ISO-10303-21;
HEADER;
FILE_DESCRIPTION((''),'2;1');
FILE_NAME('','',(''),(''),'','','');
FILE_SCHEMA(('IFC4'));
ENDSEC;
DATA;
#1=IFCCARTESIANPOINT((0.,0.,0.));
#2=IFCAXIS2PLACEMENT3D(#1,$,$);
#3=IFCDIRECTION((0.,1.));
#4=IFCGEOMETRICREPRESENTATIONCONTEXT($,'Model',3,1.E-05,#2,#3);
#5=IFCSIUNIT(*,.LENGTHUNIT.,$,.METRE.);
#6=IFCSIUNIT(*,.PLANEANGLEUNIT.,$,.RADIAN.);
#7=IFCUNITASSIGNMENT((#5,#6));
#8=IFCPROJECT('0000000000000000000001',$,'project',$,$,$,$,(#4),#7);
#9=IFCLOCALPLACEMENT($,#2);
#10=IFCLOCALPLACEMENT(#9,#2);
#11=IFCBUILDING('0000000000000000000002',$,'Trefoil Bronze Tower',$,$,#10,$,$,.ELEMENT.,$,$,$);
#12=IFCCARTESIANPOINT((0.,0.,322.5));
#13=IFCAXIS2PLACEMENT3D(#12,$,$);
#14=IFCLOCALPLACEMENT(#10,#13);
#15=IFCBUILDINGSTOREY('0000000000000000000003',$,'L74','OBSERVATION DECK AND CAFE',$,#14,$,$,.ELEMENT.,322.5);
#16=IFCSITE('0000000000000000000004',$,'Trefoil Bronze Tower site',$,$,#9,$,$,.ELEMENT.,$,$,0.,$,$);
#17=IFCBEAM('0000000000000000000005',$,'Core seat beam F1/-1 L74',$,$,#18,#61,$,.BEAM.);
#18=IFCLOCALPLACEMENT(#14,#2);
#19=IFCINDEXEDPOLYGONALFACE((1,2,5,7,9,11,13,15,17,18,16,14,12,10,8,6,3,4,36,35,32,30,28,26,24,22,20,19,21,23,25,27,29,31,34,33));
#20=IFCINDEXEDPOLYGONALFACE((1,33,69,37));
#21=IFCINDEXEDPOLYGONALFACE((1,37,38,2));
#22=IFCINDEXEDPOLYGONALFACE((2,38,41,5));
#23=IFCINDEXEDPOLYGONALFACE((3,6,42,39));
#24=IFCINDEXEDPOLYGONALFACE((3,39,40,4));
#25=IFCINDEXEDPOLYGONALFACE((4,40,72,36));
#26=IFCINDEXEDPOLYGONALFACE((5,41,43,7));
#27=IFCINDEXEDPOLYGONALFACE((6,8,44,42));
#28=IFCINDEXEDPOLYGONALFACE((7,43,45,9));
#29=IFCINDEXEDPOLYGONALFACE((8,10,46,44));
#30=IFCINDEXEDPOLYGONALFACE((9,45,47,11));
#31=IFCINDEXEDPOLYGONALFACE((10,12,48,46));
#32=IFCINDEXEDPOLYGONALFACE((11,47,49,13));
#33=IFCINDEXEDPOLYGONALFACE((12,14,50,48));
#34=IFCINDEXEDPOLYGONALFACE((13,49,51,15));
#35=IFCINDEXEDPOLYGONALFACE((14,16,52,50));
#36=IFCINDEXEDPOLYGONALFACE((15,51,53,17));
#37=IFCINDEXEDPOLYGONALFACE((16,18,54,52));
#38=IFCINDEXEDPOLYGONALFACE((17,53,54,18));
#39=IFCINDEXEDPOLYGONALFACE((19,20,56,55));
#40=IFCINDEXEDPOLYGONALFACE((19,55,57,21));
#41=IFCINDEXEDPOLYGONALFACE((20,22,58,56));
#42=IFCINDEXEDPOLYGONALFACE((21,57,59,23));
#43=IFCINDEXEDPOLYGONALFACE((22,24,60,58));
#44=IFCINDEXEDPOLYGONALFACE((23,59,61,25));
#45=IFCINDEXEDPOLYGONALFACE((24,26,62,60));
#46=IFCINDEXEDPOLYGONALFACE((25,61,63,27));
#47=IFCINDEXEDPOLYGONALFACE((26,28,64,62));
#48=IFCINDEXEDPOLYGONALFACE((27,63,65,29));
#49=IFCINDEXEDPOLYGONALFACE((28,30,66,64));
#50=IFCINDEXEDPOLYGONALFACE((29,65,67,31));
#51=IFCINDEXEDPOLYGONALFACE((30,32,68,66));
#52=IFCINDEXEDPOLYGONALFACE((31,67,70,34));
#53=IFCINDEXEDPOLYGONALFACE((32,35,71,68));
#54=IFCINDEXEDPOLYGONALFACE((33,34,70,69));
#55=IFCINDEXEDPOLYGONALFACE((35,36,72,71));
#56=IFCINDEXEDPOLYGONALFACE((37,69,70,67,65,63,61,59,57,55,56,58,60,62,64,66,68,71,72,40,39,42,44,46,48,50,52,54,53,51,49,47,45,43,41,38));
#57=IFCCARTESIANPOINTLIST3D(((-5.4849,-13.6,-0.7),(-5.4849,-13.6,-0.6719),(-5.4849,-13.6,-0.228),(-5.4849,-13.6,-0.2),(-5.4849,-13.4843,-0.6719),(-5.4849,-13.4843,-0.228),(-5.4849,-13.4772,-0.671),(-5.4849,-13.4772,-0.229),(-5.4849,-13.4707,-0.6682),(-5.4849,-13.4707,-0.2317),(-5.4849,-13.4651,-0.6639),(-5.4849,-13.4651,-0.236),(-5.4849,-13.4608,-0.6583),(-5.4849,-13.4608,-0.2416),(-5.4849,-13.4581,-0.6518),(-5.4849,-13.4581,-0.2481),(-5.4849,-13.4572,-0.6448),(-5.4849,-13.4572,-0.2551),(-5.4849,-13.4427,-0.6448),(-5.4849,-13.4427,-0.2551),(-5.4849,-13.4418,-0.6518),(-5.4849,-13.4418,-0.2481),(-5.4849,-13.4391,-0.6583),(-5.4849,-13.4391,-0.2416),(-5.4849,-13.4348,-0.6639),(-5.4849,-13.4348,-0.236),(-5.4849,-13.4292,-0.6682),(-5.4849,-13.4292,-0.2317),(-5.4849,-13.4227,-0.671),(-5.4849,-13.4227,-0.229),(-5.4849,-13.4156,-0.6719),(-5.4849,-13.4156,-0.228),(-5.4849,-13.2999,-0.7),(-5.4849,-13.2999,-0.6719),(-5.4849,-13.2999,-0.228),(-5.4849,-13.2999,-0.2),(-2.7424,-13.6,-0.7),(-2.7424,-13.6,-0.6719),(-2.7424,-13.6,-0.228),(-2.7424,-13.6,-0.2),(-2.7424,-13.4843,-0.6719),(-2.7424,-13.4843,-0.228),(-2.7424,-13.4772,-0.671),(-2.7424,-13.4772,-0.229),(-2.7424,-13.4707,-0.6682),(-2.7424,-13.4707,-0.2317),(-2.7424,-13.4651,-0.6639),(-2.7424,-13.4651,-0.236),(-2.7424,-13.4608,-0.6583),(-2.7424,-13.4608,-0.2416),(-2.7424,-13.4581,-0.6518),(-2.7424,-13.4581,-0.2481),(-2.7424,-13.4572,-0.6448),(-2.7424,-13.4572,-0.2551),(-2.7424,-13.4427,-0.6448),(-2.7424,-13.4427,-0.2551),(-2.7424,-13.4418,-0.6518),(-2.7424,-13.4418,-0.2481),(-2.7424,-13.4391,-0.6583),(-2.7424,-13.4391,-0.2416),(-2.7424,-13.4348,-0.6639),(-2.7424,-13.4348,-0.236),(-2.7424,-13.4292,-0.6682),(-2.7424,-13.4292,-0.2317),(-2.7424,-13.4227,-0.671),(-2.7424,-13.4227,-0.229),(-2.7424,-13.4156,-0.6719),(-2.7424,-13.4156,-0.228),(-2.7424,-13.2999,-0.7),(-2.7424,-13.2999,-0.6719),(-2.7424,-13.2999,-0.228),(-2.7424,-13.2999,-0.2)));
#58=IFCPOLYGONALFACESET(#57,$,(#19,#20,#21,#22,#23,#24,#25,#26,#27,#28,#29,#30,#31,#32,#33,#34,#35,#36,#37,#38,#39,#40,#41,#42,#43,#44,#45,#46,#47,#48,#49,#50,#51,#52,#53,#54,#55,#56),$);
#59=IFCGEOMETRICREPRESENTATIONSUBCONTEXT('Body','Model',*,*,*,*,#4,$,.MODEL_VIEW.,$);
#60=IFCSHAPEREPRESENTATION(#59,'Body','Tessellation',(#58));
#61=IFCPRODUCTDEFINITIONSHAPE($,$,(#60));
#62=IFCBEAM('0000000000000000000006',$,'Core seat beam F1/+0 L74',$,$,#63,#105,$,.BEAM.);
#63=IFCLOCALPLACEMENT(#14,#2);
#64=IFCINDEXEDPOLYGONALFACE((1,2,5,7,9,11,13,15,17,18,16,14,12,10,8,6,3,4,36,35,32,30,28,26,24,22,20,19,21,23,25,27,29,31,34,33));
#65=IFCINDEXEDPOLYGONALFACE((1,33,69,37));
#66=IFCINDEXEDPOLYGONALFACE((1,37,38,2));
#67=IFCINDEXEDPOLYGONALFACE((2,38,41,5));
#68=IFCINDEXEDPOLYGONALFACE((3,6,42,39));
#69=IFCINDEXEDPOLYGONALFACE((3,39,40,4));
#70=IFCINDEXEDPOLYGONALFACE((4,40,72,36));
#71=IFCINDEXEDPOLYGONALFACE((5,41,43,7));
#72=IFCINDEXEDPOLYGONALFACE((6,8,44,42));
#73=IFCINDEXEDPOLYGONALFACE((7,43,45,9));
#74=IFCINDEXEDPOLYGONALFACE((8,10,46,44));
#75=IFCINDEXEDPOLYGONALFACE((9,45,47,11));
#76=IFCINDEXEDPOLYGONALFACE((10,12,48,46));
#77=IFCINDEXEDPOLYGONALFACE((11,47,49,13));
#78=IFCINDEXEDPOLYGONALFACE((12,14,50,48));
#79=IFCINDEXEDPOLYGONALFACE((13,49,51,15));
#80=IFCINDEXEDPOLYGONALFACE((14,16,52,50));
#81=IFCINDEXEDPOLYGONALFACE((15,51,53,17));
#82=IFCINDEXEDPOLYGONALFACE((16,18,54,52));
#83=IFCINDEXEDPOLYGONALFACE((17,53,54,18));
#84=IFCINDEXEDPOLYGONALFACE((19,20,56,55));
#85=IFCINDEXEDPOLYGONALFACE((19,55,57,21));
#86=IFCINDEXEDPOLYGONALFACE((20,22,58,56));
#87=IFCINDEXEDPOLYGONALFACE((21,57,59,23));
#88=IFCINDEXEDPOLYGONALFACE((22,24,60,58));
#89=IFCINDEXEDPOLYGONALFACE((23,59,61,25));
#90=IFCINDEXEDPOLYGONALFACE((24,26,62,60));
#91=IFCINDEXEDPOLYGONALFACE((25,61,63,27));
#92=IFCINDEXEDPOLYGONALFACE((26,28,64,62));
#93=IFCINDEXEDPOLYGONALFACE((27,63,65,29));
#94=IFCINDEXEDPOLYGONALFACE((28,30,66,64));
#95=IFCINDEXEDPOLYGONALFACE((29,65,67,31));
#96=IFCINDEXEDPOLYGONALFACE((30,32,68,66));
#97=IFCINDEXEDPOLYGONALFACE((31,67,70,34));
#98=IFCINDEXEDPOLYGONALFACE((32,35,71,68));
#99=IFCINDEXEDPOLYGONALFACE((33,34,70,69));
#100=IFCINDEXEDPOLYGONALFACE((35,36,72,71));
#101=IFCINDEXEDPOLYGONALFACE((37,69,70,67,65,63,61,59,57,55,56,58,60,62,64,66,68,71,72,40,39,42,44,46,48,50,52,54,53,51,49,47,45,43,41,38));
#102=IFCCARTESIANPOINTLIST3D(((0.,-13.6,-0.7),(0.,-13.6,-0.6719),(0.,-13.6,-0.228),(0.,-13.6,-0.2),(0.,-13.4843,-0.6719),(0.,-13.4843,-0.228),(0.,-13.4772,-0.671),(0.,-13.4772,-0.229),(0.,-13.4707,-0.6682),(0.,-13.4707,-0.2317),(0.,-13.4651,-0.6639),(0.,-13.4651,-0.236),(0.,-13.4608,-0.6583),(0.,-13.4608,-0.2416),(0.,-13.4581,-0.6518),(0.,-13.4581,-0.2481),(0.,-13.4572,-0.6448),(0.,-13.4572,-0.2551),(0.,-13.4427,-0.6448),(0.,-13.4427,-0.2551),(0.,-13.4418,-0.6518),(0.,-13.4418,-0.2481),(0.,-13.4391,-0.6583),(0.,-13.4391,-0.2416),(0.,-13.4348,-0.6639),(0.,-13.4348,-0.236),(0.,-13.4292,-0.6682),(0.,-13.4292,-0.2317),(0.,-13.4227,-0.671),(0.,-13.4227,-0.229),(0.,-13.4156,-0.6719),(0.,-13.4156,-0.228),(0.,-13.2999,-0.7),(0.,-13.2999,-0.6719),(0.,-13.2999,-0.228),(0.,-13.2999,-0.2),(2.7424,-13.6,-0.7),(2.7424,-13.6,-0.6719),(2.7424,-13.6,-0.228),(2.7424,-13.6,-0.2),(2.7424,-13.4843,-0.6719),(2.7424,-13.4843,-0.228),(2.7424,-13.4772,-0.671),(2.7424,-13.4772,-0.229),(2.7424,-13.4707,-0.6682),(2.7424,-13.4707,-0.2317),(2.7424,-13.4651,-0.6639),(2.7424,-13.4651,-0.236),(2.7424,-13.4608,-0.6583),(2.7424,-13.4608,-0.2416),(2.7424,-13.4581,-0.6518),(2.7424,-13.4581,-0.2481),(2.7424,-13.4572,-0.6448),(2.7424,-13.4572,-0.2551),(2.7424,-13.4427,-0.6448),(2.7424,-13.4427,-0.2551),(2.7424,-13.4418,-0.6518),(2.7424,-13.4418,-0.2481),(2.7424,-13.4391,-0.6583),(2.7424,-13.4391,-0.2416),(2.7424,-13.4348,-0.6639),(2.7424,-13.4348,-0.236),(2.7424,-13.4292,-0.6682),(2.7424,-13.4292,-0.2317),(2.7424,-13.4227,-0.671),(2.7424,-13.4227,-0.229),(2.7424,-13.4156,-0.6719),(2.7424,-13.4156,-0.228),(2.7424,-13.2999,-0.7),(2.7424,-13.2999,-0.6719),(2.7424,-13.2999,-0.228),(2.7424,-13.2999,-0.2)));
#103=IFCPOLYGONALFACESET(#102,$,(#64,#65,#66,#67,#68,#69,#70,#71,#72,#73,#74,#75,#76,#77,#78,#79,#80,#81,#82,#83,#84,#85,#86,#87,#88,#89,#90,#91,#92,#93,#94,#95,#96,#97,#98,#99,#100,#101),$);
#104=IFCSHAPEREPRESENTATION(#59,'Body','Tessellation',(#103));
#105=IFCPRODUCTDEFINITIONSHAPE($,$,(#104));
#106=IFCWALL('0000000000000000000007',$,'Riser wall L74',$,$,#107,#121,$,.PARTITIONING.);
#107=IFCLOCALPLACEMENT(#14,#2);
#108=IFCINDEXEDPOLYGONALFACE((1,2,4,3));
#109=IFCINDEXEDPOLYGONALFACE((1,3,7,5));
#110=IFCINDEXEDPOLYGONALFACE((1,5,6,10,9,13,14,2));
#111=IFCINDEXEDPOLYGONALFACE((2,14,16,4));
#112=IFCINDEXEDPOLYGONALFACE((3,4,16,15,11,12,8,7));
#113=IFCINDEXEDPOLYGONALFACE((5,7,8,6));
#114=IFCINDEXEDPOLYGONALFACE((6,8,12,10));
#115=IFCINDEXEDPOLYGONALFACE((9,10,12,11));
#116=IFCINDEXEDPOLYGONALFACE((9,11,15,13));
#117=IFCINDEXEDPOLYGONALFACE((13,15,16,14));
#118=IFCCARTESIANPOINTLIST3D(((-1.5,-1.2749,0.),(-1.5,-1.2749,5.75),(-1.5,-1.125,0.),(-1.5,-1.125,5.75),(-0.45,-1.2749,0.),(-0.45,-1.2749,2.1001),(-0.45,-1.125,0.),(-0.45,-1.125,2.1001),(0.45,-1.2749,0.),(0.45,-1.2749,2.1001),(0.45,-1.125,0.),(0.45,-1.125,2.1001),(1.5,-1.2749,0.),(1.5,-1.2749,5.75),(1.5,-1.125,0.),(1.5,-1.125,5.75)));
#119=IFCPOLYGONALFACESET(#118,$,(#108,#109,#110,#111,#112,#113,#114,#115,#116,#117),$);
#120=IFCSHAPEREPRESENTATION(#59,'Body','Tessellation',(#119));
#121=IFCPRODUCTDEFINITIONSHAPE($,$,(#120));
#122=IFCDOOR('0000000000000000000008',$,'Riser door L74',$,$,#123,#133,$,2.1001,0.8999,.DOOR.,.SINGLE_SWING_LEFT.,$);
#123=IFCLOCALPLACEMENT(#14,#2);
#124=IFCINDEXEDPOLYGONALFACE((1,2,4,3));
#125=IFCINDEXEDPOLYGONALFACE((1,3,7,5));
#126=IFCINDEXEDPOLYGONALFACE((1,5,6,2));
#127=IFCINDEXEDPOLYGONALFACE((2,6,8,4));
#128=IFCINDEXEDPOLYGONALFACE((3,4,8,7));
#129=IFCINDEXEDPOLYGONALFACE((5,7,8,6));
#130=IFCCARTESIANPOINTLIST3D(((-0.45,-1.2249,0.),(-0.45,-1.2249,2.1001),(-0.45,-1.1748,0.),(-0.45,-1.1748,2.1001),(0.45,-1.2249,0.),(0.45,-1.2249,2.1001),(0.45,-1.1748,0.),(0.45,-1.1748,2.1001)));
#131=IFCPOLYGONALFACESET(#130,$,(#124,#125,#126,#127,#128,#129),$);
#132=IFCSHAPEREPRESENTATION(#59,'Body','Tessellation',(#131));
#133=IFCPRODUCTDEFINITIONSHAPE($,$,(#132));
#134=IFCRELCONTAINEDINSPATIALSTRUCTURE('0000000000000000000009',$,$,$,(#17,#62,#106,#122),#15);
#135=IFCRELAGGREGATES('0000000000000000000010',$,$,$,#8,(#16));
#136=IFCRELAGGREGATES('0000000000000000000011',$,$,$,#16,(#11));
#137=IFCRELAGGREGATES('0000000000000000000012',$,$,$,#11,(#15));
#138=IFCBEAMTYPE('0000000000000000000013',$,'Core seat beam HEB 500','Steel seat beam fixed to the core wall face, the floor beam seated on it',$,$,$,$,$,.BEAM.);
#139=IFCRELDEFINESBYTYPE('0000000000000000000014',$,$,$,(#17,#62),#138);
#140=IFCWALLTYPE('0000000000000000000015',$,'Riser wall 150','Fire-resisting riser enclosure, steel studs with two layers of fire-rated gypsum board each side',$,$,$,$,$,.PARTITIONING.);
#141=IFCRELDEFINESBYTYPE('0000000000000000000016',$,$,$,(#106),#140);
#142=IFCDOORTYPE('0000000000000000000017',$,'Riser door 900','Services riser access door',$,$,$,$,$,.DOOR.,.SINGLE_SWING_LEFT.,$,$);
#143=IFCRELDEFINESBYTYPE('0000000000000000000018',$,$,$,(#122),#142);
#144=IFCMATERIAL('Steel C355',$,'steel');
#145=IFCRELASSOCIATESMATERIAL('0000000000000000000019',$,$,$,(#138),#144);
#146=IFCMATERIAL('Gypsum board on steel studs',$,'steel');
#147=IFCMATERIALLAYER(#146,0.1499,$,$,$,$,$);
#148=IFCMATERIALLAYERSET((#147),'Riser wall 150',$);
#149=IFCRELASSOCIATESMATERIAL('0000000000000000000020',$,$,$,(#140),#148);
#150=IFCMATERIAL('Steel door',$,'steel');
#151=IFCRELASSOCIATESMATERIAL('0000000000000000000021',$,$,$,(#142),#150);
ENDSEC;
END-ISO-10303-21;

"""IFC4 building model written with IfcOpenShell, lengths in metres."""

from ifc_helpers import new_model, si_unit, direction, frame, frame_2d, origin, origin_2d, place, context, subcontext, project, spatial, rectangle, i_section, extrude, material, layer, layer_set, material_profile, profile_set, type_object, element, fill, save


model = new_model("IFC4")

# Units and contexts
model_context = context("Model", 3, precision=1e-05, world=origin(), true_north=direction((0.0, 1.0)))
body_context = subcontext(model_context, "Body", "Model", "MODEL_VIEW")
ifc_project = project(units=[si_unit("LENGTHUNIT", "METRE"), si_unit("PLANEANGLEUNIT", "RADIAN")], contexts=[model_context])

# Site, building, storey
site_placement = place(None, origin())
site = spatial("IfcSite", under=ifc_project, at=site_placement, Name="Trefoil Bronze Tower site", CompositionType="ELEMENT", RefElevation=0.0)
building_placement = place(site_placement, origin())
building = spatial("IfcBuilding", under=site, at=building_placement, Name="Trefoil Bronze Tower", CompositionType="ELEMENT")
storey_placement = place(building_placement, frame((0.0, 0.0, 322.5)))
storey = spatial("IfcBuildingStorey", under=building, at=storey_placement, Name="L74", Description="OBSERVATION DECK AND CAFE", CompositionType="ELEMENT", Elevation=322.5)

# Beams
ifc_material_1 = material(Name="Steel C355", Category="steel")
ifc_material_profile = material_profile(ifc_material_1, i_section(OverallWidth=0.3, OverallDepth=0.5, WebThickness=0.0144, FlangeThickness=0.0281, FilletRadius=0.0271, at=origin_2d()), Name="HEB 500")
ifc_profile_set = profile_set([ifc_material_profile], Name="Steel C355")
beam_type = type_object("IfcBeamType", Name="Core seat beam HEB 500", Description="Steel seat beam fixed to the core wall face, the floor beam seated on it", PredefinedType="BEAM", material=ifc_profile_set)
for number, where, z_axis, x_axis, name in (
    (1, (-5.4849, -13.45, -0.45), (1.0, 0.0, 0.0), (0.0, 1.0, 0.0), "Core seat beam F1/-1 L74"),
    (2, (0.0, -13.45, -0.45), (1.0, 0.0, 0.0), (0.0, 1.0, 0.0), "Core seat beam F1/+0 L74"),
):
    element("IfcBeam", number, at=place(storey_placement, frame(where, z_axis=z_axis, x_axis=x_axis)), inside=storey, type_object=beam_type, Name=name, PredefinedType="BEAM", context=body_context, shape_type="SweptSolid", body=[
        extrude(i_section(OverallWidth=0.3, OverallDepth=0.5, WebThickness=0.0144, FlangeThickness=0.0281, FilletRadius=0.0271, at=origin_2d()), origin(), (0.0, 0.0, 1.0), 2.7424),
    ])

# Wall, opening, door
ifc_material_2 = material(Name="Gypsum board on steel studs", Category="steel")
ifc_layer_1 = layer(ifc_material_2, 0.1499)
ifc_layer_set_1 = layer_set([ifc_layer_1], Name="Riser wall 150")
wall_type_1 = type_object("IfcWallType", Name="Riser wall 150", Description="Fire-resisting riser enclosure, steel studs with two layers of fire-rated gypsum board each side", PredefinedType="PARTITIONING", material=ifc_layer_set_1)
wall_1_placement = place(storey_placement, frame((-1.5, -1.2, 0.0), z_axis=(0.0, 0.0, 1.0), x_axis=(1.0, 0.0, 0.0)))
wall_1 = element("IfcWall", 3, at=wall_1_placement, inside=storey, type_object=wall_type_1, Name="Riser wall L74", PredefinedType="PARTITIONING", context=body_context, shape_type="SweptSolid", body=[
    extrude(rectangle(XDim=3.0, YDim=0.1499, at=frame_2d((1.5, 0.0))), origin(), (0.0, 0.0, 1.0), 5.75),
])
opening_1_placement = place(wall_1_placement, frame((1.05, 0.0, 0.0)))
opening_1 = element("IfcOpeningElement", 4, at=opening_1_placement, cuts=wall_1, PredefinedType="OPENING", context=body_context, shape_type="SweptSolid", body=[
    extrude(rectangle(XDim=0.8999, YDim=2.1001, at=frame_2d((0.45, 1.05))), frame((0.0, 0.085, 0.0), z_axis=(0.0, -1.0, 0.0), x_axis=(1.0, 0.0, 0.0)), (0.0, 0.0, 1.0), 0.1699),
])
ifc_material_3 = material(Name="Steel door", Category="steel")
door_type_1 = type_object("IfcDoorType", Name="Riser door 900", Description="Services riser access door", OperationType="SINGLE_SWING_LEFT", PredefinedType="DOOR", material=ifc_material_3)
door_1_placement = place(opening_1_placement, frame((0.8999, 0.0, 0.0), z_axis=(0.0, 0.0, 1.0), x_axis=(-1.0, 0.0, 0.0)))
door_1 = element("IfcDoor", 5, at=door_1_placement, inside=storey, type_object=door_type_1, Name="Riser door L74", OperationType="SINGLE_SWING_LEFT", OverallHeight=2.1001, OverallWidth=0.8999, PredefinedType="DOOR", context=body_context, shape_type="SweptSolid", body=[
    extrude(rectangle(XDim=0.8999, YDim=2.1001, at=frame_2d((0.45, 1.05))), frame((0.0, 0.0249, 0.0), z_axis=(0.0, -1.0, 0.0), x_axis=(1.0, 0.0, 0.0)), (0.0, 0.0, 1.0), 0.05),
])
fill(opening_1, door_1)

save(model, "model.ifc")
